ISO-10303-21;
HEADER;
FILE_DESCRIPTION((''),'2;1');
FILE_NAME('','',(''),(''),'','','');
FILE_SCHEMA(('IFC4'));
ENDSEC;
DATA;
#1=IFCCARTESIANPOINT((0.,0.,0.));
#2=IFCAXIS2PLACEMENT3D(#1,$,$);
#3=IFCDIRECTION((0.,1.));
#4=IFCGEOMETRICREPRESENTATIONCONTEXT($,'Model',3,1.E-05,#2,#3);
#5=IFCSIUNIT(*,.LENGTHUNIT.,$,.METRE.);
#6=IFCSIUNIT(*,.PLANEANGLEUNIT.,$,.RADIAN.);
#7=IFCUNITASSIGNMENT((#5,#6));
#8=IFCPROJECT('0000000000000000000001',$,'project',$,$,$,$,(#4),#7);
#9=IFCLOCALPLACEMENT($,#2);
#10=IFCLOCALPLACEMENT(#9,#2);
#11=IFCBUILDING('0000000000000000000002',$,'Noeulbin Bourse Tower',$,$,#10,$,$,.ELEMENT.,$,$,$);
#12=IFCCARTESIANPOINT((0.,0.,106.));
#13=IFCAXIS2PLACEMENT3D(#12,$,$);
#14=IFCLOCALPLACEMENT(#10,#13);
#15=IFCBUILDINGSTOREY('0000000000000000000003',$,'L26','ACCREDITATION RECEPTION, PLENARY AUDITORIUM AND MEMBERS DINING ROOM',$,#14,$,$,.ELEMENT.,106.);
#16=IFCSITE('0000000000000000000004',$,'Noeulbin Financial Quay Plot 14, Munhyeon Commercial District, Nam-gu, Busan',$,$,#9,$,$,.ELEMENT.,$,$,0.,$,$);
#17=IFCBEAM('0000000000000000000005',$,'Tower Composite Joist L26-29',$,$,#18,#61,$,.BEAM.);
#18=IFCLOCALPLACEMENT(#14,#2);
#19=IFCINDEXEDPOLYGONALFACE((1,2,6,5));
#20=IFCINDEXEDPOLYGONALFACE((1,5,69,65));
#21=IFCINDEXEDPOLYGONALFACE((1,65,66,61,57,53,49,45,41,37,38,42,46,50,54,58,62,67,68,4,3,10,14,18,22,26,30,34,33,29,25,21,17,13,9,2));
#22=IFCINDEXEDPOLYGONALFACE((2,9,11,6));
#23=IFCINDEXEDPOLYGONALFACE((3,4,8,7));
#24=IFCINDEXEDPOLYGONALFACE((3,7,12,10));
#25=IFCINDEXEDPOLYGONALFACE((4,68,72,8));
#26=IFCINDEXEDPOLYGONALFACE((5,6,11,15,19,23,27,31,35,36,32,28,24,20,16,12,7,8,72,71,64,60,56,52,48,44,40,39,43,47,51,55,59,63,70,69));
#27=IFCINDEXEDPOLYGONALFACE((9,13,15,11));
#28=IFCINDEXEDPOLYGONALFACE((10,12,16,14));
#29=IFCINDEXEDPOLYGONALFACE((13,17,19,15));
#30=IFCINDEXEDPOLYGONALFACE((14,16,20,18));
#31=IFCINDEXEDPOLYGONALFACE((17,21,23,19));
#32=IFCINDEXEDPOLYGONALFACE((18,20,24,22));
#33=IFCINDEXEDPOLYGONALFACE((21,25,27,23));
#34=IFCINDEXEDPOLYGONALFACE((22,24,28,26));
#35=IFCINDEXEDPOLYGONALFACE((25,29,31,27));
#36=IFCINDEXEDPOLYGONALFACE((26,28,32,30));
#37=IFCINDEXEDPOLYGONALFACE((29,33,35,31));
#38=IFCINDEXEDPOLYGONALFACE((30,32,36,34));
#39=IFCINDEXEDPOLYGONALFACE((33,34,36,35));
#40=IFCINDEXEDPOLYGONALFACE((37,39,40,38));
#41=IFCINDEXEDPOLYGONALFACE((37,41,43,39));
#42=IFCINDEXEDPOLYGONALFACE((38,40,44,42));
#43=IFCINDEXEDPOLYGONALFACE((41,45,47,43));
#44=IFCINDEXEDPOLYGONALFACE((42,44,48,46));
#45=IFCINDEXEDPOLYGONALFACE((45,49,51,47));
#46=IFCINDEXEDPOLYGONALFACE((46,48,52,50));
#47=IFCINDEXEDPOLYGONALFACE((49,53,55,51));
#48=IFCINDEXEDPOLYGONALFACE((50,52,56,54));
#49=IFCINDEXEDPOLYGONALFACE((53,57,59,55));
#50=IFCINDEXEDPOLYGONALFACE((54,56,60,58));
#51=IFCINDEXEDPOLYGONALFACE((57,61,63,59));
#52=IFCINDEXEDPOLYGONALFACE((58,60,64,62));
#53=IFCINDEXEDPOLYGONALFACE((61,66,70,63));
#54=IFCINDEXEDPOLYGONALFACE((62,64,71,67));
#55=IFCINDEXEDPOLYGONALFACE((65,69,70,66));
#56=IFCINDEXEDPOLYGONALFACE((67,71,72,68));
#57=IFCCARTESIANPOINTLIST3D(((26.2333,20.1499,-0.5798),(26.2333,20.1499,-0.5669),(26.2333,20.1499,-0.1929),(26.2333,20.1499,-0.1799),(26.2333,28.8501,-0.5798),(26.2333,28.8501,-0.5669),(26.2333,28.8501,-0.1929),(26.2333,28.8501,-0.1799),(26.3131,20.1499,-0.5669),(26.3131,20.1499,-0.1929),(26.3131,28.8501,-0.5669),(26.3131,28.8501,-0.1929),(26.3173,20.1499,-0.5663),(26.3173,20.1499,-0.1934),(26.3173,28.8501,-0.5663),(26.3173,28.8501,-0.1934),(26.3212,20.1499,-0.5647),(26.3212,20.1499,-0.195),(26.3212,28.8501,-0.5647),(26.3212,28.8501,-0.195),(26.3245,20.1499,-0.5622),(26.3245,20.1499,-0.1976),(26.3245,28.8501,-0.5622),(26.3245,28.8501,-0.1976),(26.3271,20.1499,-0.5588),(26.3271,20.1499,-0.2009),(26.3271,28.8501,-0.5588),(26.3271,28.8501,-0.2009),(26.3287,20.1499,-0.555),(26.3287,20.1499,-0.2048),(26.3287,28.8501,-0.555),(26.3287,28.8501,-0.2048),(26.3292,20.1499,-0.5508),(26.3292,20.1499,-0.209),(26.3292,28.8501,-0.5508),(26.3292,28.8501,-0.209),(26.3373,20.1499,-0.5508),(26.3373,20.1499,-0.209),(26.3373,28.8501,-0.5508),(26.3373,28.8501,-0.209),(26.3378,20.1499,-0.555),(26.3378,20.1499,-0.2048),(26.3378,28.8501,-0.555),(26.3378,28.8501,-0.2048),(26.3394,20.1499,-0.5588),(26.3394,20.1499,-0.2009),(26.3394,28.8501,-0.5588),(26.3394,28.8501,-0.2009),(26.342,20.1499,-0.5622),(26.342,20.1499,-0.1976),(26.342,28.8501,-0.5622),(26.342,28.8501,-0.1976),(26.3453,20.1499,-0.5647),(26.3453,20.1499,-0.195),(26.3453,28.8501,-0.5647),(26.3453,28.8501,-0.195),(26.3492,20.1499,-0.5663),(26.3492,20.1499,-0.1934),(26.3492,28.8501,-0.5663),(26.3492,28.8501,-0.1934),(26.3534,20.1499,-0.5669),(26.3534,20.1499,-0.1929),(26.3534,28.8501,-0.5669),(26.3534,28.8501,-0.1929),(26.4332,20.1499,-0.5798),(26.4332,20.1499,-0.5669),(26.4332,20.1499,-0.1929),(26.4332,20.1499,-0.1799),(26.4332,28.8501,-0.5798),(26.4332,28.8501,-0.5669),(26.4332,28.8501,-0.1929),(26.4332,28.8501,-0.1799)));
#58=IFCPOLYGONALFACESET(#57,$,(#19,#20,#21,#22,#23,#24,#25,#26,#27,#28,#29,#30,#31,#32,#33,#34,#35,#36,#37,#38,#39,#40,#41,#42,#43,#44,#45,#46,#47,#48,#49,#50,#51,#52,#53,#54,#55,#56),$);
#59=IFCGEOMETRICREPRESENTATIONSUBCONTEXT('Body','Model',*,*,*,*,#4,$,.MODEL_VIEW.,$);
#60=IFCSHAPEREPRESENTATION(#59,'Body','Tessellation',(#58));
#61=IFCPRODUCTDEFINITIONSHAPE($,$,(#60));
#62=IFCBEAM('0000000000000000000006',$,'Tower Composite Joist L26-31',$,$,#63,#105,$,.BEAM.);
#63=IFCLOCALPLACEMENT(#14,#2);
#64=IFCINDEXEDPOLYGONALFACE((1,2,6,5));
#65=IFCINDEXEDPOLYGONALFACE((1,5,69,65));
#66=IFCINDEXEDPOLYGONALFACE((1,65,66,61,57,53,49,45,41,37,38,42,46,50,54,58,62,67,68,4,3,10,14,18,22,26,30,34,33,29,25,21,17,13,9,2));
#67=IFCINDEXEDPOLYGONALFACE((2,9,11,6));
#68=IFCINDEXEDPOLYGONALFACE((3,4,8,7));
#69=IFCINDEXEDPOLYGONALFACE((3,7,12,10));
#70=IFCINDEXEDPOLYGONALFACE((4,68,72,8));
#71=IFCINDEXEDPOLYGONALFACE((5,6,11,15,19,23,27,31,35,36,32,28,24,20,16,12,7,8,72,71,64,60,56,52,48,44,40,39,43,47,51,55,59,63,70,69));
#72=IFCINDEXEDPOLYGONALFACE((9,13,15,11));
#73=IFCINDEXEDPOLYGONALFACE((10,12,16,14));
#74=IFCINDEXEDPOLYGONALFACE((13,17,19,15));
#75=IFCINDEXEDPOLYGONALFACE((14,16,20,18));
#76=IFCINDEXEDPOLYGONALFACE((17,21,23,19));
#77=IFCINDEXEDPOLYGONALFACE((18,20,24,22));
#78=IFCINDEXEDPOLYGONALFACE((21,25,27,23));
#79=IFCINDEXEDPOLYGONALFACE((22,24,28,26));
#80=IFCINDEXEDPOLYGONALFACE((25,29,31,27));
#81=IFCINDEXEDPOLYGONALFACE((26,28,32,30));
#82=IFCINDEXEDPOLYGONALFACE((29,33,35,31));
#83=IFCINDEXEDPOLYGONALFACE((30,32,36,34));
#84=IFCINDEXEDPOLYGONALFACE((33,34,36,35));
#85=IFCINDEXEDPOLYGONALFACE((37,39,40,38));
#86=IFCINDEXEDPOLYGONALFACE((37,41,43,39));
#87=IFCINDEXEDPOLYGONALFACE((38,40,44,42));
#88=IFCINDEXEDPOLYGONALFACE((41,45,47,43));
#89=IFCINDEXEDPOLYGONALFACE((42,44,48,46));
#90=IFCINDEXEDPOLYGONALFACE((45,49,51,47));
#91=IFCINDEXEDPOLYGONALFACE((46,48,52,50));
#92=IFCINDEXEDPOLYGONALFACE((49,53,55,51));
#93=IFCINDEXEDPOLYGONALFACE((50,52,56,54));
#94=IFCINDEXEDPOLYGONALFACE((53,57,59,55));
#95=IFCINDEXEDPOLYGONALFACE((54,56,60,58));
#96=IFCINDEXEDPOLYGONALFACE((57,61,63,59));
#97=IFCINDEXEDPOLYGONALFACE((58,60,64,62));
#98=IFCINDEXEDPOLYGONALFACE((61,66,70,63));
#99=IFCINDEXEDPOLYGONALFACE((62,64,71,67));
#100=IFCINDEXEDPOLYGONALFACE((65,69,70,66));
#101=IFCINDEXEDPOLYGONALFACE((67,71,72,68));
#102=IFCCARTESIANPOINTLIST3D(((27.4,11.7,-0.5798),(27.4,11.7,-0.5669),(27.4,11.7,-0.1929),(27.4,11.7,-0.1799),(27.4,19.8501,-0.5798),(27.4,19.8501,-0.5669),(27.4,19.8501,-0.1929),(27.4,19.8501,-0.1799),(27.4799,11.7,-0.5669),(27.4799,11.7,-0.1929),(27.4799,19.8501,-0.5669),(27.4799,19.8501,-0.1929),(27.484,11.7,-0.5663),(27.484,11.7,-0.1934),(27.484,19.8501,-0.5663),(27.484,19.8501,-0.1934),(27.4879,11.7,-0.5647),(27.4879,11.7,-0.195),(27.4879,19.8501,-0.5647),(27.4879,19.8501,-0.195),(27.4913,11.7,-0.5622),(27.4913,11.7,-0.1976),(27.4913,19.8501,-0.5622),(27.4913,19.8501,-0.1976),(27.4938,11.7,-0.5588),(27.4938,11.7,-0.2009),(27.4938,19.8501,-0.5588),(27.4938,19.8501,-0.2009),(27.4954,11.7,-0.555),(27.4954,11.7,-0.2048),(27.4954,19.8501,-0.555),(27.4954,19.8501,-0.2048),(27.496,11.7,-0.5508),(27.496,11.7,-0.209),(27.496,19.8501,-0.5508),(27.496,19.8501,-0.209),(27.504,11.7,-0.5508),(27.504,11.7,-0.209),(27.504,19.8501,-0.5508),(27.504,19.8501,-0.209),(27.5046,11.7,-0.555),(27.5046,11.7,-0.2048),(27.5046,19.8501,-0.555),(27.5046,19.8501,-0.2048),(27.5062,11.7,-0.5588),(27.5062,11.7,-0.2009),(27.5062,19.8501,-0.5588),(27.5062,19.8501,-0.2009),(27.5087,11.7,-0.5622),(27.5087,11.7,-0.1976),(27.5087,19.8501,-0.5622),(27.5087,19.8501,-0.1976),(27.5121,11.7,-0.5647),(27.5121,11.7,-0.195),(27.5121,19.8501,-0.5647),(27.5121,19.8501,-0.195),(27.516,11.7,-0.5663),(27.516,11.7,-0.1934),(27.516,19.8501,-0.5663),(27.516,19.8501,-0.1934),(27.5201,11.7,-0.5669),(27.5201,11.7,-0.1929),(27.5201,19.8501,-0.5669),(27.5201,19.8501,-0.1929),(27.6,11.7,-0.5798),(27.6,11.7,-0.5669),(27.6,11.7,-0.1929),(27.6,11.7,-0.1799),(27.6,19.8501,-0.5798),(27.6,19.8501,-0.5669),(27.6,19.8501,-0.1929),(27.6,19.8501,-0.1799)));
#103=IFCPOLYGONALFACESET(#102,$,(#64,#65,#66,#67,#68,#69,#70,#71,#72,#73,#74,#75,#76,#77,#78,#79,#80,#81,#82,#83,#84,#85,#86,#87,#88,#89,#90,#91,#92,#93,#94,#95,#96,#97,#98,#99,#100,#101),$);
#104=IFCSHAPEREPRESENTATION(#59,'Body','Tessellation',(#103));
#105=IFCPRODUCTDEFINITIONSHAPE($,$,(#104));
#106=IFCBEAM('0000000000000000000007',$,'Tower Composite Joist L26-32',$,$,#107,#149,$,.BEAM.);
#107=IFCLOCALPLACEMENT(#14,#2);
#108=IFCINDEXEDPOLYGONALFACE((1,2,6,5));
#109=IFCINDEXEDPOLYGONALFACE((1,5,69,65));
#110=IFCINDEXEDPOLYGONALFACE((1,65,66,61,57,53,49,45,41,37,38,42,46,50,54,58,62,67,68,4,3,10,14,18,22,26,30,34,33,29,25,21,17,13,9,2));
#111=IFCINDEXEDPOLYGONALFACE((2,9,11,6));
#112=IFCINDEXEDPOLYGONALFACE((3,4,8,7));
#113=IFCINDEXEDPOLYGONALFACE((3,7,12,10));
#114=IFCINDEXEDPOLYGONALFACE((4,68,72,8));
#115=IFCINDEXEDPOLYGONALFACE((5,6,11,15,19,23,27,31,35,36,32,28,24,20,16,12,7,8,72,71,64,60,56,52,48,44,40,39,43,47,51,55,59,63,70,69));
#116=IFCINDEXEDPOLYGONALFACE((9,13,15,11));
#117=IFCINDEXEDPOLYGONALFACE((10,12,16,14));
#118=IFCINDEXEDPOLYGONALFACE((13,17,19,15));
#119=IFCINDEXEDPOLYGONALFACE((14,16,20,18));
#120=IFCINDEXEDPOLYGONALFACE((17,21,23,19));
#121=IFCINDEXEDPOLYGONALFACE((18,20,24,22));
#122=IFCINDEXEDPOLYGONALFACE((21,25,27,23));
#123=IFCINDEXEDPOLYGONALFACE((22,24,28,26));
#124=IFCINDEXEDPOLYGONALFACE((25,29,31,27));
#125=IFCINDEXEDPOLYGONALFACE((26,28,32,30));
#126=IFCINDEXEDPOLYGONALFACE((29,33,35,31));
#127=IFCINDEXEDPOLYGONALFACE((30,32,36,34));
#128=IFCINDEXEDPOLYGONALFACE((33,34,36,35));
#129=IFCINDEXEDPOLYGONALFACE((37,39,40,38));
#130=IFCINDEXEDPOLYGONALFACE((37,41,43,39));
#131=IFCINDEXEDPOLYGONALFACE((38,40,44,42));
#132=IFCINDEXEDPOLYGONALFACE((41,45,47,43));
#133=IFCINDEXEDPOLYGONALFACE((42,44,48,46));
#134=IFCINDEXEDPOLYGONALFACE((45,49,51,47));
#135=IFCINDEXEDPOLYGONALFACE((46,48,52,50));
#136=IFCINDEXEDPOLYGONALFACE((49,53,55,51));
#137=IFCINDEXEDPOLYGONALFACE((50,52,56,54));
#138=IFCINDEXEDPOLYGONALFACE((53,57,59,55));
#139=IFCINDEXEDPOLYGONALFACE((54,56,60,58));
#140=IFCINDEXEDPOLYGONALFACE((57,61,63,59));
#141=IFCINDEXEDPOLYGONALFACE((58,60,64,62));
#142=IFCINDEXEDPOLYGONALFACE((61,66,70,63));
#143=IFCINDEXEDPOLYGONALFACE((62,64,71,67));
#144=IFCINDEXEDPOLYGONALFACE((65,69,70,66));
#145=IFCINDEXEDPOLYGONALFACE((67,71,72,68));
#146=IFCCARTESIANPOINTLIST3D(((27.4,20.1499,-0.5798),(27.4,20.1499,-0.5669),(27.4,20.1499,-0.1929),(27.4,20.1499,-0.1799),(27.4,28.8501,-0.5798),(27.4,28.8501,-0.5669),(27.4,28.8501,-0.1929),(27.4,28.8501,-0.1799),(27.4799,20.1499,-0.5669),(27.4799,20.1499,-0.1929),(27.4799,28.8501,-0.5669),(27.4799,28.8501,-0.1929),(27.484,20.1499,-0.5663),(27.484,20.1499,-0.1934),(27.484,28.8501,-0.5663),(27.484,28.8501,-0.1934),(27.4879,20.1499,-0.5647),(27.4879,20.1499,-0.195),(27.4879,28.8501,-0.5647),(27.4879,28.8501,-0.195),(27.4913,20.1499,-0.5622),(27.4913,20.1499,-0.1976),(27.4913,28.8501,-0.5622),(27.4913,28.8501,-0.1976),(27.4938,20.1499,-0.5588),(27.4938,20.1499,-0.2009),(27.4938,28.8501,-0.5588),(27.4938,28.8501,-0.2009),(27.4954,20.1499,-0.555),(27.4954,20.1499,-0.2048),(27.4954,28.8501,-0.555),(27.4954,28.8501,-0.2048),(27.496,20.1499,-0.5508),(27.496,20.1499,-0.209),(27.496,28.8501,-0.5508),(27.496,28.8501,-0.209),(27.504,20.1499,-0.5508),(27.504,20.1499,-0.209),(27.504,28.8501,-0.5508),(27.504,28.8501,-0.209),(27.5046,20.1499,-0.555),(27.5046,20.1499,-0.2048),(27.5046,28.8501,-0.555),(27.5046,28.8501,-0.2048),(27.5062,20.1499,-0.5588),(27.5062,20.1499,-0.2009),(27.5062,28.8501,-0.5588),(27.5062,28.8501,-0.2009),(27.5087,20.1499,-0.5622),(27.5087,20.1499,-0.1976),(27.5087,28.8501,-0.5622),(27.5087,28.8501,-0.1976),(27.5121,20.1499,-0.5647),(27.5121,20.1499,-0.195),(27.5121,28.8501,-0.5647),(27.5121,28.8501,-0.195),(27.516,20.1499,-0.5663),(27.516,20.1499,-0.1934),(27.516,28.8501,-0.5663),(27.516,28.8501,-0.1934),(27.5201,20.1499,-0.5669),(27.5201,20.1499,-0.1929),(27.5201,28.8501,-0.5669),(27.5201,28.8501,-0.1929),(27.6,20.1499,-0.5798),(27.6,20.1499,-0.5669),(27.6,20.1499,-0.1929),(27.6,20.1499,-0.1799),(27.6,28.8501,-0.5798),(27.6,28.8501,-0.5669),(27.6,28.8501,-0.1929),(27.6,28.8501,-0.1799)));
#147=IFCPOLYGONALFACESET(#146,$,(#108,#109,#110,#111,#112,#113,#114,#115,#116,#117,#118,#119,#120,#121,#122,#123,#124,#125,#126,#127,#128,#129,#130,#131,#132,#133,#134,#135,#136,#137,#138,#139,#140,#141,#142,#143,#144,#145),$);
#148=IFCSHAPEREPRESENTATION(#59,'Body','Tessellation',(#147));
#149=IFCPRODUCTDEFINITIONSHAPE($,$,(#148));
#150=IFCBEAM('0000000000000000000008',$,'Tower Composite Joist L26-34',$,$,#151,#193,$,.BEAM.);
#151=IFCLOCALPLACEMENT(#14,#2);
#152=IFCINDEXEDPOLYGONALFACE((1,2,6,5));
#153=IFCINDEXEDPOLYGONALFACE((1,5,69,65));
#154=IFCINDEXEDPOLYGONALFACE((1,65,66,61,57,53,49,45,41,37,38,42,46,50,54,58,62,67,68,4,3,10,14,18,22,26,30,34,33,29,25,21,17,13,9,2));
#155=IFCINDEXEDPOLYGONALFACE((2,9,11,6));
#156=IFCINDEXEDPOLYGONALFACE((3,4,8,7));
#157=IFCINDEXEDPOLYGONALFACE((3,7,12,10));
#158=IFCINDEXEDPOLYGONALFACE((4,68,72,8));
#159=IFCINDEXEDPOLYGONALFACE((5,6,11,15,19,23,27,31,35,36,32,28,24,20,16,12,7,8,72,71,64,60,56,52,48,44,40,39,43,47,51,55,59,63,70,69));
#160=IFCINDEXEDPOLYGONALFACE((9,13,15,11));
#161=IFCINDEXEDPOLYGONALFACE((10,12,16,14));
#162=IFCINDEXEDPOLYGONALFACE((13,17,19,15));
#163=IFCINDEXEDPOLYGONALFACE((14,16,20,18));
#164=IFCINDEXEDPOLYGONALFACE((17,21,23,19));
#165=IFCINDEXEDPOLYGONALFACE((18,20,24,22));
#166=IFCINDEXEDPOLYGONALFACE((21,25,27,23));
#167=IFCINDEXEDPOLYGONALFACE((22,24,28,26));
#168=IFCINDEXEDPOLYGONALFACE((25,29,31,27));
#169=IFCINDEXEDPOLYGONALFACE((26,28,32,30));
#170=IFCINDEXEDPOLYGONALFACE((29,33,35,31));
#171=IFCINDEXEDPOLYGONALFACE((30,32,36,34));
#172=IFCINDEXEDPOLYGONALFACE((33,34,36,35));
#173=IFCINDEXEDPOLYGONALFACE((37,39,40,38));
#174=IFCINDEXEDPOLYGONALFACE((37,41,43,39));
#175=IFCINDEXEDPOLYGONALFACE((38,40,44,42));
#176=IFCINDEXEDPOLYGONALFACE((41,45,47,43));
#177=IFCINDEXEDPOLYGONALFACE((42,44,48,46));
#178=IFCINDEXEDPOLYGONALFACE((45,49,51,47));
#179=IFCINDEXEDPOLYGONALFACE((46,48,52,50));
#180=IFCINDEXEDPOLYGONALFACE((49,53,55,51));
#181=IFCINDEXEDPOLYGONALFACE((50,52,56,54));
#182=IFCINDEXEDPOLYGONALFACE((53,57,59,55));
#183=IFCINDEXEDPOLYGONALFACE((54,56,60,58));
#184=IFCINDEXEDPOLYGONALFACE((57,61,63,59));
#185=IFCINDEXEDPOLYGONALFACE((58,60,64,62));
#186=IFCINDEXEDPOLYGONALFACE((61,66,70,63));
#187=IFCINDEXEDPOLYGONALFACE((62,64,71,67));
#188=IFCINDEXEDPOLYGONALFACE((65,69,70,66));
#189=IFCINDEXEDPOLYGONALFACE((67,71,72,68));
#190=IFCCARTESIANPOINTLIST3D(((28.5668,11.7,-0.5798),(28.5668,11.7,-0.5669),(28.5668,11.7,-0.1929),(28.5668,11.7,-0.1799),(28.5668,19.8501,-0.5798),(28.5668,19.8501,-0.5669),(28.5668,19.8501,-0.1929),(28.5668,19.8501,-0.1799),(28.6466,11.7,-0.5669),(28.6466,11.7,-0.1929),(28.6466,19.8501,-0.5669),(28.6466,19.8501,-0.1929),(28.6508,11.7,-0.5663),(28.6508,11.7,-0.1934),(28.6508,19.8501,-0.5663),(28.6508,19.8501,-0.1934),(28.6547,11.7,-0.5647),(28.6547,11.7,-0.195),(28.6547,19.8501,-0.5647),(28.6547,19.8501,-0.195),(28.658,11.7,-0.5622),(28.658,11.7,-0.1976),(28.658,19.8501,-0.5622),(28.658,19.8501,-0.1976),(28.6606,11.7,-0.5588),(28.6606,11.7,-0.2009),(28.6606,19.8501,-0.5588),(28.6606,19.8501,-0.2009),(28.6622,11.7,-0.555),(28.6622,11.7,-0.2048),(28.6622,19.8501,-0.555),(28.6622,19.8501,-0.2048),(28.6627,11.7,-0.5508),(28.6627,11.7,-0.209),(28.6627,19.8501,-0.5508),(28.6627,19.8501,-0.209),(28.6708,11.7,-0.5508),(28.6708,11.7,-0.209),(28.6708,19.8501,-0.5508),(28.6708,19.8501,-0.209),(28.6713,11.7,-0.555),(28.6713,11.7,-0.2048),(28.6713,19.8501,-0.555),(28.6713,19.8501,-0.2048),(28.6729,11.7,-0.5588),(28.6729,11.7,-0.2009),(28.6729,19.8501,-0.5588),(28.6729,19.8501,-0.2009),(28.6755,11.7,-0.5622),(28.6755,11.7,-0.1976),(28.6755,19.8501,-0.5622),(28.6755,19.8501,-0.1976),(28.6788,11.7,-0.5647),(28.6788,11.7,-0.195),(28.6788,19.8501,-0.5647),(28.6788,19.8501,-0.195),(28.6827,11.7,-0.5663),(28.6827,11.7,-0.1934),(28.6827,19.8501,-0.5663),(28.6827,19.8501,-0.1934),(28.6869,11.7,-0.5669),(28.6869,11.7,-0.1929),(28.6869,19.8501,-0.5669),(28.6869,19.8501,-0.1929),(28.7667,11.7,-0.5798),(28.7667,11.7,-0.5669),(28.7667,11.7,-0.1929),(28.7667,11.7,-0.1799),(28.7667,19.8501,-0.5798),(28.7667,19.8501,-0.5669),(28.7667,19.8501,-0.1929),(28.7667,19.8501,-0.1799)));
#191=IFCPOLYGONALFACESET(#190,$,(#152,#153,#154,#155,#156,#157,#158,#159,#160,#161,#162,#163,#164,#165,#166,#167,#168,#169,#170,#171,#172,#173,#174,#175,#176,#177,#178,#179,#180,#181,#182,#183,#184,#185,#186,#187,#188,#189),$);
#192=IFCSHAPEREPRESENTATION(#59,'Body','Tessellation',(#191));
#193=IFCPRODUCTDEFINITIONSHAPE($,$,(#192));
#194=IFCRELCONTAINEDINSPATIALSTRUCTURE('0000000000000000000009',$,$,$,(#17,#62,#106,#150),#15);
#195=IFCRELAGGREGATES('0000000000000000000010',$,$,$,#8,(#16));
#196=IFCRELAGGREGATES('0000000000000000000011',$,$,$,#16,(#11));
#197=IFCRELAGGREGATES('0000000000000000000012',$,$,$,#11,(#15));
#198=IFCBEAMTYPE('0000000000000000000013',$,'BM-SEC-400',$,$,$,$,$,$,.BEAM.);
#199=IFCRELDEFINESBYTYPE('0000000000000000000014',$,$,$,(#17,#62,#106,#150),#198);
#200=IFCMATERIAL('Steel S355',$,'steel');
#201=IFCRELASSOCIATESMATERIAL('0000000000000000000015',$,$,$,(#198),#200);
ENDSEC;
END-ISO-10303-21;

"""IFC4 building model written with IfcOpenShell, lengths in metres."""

from ifc_helpers import new_model, si_unit, direction, frame, origin, origin_2d, place, context, subcontext, project, spatial, i_section, extrude, material, material_profile, profile_set, type_object, element, save


model = new_model("IFC4")

# Units and contexts
model_context = context("Model", 3, precision=1e-05, world=origin(), true_north=direction((0.0, 1.0)))
body_context = subcontext(model_context, "Body", "Model", "MODEL_VIEW")
ifc_project = project(units=[si_unit("LENGTHUNIT", "METRE"), si_unit("PLANEANGLEUNIT", "RADIAN")], contexts=[model_context])

# Site, building, storey
site_placement = place(None, origin())
site = spatial("IfcSite", under=ifc_project, at=site_placement, Name="Noeulbin Financial Quay Plot 14, Munhyeon Commercial District, Nam-gu, Busan", CompositionType="ELEMENT", RefElevation=0.0)
building_placement = place(site_placement, origin())
building = spatial("IfcBuilding", under=site, at=building_placement, Name="Noeulbin Bourse Tower", CompositionType="ELEMENT")
storey_placement = place(building_placement, frame((0.0, 0.0, 106.0)))
storey = spatial("IfcBuildingStorey", under=building, at=storey_placement, Name="L26", Description="ACCREDITATION RECEPTION, PLENARY AUDITORIUM AND MEMBERS DINING ROOM", CompositionType="ELEMENT", Elevation=106.0)

# Beams
ifc_material_1 = material(Name="Steel S355", Category="steel")
ifc_material_profile_1 = material_profile(ifc_material_1, i_section(OverallWidth=0.2, OverallDepth=0.3999, WebThickness=0.0081, FlangeThickness=0.0129, FilletRadius=0.0161, at=origin_2d()), Name="H-400x200x8x13", Category="LoadBearing")
ifc_profile_set_1 = profile_set([ifc_material_profile_1], Name="Steel S355")
beam_type_1 = type_object("IfcBeamType", Name="BM-SEC-400", PredefinedType="BEAM", material=ifc_profile_set_1)
beam_1_placement = place(storey_placement, frame((26.3333, 20.1499, -0.3799), z_axis=(0.0, 1.0, 0.0), x_axis=(-1.0, 0.0, 0.0)))
element("IfcBeam", 1, at=beam_1_placement, inside=storey, type_object=beam_type_1, Name="Tower Composite Joist L26-29", PredefinedType="BEAM", context=body_context, shape_type="SweptSolid", body=[
    extrude(i_section(OverallWidth=0.2, OverallDepth=0.3999, WebThickness=0.0081, FlangeThickness=0.0129, FilletRadius=0.0161, at=origin_2d()), origin(), (0.0, 0.0, 1.0), 8.7002),
])
beam_2_placement = place(storey_placement, frame((27.5, 11.7, -0.3799), z_axis=(0.0, 1.0, 0.0), x_axis=(-1.0, 0.0, 0.0)))
element("IfcBeam", 2, at=beam_2_placement, inside=storey, type_object=beam_type_1, Name="Tower Composite Joist L26-31", PredefinedType="BEAM", context=body_context, shape_type="SweptSolid", body=[
    extrude(i_section(OverallWidth=0.2, OverallDepth=0.3999, WebThickness=0.0081, FlangeThickness=0.0129, FilletRadius=0.0161, at=origin_2d()), origin(), (0.0, 0.0, 1.0), 8.1501),
])
beam_3_placement = place(storey_placement, frame((27.5, 20.1499, -0.3799), z_axis=(0.0, 1.0, 0.0), x_axis=(-1.0, 0.0, 0.0)))
element("IfcBeam", 3, at=beam_3_placement, inside=storey, type_object=beam_type_1, Name="Tower Composite Joist L26-32", PredefinedType="BEAM", context=body_context, shape_type="SweptSolid", body=[
    extrude(i_section(OverallWidth=0.2, OverallDepth=0.3999, WebThickness=0.0081, FlangeThickness=0.0129, FilletRadius=0.0161, at=origin_2d()), origin(), (0.0, 0.0, 1.0), 8.7002),
])
beam_4_placement = place(storey_placement, frame((28.6667, 11.7, -0.3799), z_axis=(0.0, 1.0, 0.0), x_axis=(-1.0, 0.0, 0.0)))
element("IfcBeam", 4, at=beam_4_placement, inside=storey, type_object=beam_type_1, Name="Tower Composite Joist L26-34", PredefinedType="BEAM", context=body_context, shape_type="SweptSolid", body=[
    extrude(i_section(OverallWidth=0.2, OverallDepth=0.3999, WebThickness=0.0081, FlangeThickness=0.0129, FilletRadius=0.0161, at=origin_2d()), origin(), (0.0, 0.0, 1.0), 8.1501),
])

save(model, "model.ifc")
